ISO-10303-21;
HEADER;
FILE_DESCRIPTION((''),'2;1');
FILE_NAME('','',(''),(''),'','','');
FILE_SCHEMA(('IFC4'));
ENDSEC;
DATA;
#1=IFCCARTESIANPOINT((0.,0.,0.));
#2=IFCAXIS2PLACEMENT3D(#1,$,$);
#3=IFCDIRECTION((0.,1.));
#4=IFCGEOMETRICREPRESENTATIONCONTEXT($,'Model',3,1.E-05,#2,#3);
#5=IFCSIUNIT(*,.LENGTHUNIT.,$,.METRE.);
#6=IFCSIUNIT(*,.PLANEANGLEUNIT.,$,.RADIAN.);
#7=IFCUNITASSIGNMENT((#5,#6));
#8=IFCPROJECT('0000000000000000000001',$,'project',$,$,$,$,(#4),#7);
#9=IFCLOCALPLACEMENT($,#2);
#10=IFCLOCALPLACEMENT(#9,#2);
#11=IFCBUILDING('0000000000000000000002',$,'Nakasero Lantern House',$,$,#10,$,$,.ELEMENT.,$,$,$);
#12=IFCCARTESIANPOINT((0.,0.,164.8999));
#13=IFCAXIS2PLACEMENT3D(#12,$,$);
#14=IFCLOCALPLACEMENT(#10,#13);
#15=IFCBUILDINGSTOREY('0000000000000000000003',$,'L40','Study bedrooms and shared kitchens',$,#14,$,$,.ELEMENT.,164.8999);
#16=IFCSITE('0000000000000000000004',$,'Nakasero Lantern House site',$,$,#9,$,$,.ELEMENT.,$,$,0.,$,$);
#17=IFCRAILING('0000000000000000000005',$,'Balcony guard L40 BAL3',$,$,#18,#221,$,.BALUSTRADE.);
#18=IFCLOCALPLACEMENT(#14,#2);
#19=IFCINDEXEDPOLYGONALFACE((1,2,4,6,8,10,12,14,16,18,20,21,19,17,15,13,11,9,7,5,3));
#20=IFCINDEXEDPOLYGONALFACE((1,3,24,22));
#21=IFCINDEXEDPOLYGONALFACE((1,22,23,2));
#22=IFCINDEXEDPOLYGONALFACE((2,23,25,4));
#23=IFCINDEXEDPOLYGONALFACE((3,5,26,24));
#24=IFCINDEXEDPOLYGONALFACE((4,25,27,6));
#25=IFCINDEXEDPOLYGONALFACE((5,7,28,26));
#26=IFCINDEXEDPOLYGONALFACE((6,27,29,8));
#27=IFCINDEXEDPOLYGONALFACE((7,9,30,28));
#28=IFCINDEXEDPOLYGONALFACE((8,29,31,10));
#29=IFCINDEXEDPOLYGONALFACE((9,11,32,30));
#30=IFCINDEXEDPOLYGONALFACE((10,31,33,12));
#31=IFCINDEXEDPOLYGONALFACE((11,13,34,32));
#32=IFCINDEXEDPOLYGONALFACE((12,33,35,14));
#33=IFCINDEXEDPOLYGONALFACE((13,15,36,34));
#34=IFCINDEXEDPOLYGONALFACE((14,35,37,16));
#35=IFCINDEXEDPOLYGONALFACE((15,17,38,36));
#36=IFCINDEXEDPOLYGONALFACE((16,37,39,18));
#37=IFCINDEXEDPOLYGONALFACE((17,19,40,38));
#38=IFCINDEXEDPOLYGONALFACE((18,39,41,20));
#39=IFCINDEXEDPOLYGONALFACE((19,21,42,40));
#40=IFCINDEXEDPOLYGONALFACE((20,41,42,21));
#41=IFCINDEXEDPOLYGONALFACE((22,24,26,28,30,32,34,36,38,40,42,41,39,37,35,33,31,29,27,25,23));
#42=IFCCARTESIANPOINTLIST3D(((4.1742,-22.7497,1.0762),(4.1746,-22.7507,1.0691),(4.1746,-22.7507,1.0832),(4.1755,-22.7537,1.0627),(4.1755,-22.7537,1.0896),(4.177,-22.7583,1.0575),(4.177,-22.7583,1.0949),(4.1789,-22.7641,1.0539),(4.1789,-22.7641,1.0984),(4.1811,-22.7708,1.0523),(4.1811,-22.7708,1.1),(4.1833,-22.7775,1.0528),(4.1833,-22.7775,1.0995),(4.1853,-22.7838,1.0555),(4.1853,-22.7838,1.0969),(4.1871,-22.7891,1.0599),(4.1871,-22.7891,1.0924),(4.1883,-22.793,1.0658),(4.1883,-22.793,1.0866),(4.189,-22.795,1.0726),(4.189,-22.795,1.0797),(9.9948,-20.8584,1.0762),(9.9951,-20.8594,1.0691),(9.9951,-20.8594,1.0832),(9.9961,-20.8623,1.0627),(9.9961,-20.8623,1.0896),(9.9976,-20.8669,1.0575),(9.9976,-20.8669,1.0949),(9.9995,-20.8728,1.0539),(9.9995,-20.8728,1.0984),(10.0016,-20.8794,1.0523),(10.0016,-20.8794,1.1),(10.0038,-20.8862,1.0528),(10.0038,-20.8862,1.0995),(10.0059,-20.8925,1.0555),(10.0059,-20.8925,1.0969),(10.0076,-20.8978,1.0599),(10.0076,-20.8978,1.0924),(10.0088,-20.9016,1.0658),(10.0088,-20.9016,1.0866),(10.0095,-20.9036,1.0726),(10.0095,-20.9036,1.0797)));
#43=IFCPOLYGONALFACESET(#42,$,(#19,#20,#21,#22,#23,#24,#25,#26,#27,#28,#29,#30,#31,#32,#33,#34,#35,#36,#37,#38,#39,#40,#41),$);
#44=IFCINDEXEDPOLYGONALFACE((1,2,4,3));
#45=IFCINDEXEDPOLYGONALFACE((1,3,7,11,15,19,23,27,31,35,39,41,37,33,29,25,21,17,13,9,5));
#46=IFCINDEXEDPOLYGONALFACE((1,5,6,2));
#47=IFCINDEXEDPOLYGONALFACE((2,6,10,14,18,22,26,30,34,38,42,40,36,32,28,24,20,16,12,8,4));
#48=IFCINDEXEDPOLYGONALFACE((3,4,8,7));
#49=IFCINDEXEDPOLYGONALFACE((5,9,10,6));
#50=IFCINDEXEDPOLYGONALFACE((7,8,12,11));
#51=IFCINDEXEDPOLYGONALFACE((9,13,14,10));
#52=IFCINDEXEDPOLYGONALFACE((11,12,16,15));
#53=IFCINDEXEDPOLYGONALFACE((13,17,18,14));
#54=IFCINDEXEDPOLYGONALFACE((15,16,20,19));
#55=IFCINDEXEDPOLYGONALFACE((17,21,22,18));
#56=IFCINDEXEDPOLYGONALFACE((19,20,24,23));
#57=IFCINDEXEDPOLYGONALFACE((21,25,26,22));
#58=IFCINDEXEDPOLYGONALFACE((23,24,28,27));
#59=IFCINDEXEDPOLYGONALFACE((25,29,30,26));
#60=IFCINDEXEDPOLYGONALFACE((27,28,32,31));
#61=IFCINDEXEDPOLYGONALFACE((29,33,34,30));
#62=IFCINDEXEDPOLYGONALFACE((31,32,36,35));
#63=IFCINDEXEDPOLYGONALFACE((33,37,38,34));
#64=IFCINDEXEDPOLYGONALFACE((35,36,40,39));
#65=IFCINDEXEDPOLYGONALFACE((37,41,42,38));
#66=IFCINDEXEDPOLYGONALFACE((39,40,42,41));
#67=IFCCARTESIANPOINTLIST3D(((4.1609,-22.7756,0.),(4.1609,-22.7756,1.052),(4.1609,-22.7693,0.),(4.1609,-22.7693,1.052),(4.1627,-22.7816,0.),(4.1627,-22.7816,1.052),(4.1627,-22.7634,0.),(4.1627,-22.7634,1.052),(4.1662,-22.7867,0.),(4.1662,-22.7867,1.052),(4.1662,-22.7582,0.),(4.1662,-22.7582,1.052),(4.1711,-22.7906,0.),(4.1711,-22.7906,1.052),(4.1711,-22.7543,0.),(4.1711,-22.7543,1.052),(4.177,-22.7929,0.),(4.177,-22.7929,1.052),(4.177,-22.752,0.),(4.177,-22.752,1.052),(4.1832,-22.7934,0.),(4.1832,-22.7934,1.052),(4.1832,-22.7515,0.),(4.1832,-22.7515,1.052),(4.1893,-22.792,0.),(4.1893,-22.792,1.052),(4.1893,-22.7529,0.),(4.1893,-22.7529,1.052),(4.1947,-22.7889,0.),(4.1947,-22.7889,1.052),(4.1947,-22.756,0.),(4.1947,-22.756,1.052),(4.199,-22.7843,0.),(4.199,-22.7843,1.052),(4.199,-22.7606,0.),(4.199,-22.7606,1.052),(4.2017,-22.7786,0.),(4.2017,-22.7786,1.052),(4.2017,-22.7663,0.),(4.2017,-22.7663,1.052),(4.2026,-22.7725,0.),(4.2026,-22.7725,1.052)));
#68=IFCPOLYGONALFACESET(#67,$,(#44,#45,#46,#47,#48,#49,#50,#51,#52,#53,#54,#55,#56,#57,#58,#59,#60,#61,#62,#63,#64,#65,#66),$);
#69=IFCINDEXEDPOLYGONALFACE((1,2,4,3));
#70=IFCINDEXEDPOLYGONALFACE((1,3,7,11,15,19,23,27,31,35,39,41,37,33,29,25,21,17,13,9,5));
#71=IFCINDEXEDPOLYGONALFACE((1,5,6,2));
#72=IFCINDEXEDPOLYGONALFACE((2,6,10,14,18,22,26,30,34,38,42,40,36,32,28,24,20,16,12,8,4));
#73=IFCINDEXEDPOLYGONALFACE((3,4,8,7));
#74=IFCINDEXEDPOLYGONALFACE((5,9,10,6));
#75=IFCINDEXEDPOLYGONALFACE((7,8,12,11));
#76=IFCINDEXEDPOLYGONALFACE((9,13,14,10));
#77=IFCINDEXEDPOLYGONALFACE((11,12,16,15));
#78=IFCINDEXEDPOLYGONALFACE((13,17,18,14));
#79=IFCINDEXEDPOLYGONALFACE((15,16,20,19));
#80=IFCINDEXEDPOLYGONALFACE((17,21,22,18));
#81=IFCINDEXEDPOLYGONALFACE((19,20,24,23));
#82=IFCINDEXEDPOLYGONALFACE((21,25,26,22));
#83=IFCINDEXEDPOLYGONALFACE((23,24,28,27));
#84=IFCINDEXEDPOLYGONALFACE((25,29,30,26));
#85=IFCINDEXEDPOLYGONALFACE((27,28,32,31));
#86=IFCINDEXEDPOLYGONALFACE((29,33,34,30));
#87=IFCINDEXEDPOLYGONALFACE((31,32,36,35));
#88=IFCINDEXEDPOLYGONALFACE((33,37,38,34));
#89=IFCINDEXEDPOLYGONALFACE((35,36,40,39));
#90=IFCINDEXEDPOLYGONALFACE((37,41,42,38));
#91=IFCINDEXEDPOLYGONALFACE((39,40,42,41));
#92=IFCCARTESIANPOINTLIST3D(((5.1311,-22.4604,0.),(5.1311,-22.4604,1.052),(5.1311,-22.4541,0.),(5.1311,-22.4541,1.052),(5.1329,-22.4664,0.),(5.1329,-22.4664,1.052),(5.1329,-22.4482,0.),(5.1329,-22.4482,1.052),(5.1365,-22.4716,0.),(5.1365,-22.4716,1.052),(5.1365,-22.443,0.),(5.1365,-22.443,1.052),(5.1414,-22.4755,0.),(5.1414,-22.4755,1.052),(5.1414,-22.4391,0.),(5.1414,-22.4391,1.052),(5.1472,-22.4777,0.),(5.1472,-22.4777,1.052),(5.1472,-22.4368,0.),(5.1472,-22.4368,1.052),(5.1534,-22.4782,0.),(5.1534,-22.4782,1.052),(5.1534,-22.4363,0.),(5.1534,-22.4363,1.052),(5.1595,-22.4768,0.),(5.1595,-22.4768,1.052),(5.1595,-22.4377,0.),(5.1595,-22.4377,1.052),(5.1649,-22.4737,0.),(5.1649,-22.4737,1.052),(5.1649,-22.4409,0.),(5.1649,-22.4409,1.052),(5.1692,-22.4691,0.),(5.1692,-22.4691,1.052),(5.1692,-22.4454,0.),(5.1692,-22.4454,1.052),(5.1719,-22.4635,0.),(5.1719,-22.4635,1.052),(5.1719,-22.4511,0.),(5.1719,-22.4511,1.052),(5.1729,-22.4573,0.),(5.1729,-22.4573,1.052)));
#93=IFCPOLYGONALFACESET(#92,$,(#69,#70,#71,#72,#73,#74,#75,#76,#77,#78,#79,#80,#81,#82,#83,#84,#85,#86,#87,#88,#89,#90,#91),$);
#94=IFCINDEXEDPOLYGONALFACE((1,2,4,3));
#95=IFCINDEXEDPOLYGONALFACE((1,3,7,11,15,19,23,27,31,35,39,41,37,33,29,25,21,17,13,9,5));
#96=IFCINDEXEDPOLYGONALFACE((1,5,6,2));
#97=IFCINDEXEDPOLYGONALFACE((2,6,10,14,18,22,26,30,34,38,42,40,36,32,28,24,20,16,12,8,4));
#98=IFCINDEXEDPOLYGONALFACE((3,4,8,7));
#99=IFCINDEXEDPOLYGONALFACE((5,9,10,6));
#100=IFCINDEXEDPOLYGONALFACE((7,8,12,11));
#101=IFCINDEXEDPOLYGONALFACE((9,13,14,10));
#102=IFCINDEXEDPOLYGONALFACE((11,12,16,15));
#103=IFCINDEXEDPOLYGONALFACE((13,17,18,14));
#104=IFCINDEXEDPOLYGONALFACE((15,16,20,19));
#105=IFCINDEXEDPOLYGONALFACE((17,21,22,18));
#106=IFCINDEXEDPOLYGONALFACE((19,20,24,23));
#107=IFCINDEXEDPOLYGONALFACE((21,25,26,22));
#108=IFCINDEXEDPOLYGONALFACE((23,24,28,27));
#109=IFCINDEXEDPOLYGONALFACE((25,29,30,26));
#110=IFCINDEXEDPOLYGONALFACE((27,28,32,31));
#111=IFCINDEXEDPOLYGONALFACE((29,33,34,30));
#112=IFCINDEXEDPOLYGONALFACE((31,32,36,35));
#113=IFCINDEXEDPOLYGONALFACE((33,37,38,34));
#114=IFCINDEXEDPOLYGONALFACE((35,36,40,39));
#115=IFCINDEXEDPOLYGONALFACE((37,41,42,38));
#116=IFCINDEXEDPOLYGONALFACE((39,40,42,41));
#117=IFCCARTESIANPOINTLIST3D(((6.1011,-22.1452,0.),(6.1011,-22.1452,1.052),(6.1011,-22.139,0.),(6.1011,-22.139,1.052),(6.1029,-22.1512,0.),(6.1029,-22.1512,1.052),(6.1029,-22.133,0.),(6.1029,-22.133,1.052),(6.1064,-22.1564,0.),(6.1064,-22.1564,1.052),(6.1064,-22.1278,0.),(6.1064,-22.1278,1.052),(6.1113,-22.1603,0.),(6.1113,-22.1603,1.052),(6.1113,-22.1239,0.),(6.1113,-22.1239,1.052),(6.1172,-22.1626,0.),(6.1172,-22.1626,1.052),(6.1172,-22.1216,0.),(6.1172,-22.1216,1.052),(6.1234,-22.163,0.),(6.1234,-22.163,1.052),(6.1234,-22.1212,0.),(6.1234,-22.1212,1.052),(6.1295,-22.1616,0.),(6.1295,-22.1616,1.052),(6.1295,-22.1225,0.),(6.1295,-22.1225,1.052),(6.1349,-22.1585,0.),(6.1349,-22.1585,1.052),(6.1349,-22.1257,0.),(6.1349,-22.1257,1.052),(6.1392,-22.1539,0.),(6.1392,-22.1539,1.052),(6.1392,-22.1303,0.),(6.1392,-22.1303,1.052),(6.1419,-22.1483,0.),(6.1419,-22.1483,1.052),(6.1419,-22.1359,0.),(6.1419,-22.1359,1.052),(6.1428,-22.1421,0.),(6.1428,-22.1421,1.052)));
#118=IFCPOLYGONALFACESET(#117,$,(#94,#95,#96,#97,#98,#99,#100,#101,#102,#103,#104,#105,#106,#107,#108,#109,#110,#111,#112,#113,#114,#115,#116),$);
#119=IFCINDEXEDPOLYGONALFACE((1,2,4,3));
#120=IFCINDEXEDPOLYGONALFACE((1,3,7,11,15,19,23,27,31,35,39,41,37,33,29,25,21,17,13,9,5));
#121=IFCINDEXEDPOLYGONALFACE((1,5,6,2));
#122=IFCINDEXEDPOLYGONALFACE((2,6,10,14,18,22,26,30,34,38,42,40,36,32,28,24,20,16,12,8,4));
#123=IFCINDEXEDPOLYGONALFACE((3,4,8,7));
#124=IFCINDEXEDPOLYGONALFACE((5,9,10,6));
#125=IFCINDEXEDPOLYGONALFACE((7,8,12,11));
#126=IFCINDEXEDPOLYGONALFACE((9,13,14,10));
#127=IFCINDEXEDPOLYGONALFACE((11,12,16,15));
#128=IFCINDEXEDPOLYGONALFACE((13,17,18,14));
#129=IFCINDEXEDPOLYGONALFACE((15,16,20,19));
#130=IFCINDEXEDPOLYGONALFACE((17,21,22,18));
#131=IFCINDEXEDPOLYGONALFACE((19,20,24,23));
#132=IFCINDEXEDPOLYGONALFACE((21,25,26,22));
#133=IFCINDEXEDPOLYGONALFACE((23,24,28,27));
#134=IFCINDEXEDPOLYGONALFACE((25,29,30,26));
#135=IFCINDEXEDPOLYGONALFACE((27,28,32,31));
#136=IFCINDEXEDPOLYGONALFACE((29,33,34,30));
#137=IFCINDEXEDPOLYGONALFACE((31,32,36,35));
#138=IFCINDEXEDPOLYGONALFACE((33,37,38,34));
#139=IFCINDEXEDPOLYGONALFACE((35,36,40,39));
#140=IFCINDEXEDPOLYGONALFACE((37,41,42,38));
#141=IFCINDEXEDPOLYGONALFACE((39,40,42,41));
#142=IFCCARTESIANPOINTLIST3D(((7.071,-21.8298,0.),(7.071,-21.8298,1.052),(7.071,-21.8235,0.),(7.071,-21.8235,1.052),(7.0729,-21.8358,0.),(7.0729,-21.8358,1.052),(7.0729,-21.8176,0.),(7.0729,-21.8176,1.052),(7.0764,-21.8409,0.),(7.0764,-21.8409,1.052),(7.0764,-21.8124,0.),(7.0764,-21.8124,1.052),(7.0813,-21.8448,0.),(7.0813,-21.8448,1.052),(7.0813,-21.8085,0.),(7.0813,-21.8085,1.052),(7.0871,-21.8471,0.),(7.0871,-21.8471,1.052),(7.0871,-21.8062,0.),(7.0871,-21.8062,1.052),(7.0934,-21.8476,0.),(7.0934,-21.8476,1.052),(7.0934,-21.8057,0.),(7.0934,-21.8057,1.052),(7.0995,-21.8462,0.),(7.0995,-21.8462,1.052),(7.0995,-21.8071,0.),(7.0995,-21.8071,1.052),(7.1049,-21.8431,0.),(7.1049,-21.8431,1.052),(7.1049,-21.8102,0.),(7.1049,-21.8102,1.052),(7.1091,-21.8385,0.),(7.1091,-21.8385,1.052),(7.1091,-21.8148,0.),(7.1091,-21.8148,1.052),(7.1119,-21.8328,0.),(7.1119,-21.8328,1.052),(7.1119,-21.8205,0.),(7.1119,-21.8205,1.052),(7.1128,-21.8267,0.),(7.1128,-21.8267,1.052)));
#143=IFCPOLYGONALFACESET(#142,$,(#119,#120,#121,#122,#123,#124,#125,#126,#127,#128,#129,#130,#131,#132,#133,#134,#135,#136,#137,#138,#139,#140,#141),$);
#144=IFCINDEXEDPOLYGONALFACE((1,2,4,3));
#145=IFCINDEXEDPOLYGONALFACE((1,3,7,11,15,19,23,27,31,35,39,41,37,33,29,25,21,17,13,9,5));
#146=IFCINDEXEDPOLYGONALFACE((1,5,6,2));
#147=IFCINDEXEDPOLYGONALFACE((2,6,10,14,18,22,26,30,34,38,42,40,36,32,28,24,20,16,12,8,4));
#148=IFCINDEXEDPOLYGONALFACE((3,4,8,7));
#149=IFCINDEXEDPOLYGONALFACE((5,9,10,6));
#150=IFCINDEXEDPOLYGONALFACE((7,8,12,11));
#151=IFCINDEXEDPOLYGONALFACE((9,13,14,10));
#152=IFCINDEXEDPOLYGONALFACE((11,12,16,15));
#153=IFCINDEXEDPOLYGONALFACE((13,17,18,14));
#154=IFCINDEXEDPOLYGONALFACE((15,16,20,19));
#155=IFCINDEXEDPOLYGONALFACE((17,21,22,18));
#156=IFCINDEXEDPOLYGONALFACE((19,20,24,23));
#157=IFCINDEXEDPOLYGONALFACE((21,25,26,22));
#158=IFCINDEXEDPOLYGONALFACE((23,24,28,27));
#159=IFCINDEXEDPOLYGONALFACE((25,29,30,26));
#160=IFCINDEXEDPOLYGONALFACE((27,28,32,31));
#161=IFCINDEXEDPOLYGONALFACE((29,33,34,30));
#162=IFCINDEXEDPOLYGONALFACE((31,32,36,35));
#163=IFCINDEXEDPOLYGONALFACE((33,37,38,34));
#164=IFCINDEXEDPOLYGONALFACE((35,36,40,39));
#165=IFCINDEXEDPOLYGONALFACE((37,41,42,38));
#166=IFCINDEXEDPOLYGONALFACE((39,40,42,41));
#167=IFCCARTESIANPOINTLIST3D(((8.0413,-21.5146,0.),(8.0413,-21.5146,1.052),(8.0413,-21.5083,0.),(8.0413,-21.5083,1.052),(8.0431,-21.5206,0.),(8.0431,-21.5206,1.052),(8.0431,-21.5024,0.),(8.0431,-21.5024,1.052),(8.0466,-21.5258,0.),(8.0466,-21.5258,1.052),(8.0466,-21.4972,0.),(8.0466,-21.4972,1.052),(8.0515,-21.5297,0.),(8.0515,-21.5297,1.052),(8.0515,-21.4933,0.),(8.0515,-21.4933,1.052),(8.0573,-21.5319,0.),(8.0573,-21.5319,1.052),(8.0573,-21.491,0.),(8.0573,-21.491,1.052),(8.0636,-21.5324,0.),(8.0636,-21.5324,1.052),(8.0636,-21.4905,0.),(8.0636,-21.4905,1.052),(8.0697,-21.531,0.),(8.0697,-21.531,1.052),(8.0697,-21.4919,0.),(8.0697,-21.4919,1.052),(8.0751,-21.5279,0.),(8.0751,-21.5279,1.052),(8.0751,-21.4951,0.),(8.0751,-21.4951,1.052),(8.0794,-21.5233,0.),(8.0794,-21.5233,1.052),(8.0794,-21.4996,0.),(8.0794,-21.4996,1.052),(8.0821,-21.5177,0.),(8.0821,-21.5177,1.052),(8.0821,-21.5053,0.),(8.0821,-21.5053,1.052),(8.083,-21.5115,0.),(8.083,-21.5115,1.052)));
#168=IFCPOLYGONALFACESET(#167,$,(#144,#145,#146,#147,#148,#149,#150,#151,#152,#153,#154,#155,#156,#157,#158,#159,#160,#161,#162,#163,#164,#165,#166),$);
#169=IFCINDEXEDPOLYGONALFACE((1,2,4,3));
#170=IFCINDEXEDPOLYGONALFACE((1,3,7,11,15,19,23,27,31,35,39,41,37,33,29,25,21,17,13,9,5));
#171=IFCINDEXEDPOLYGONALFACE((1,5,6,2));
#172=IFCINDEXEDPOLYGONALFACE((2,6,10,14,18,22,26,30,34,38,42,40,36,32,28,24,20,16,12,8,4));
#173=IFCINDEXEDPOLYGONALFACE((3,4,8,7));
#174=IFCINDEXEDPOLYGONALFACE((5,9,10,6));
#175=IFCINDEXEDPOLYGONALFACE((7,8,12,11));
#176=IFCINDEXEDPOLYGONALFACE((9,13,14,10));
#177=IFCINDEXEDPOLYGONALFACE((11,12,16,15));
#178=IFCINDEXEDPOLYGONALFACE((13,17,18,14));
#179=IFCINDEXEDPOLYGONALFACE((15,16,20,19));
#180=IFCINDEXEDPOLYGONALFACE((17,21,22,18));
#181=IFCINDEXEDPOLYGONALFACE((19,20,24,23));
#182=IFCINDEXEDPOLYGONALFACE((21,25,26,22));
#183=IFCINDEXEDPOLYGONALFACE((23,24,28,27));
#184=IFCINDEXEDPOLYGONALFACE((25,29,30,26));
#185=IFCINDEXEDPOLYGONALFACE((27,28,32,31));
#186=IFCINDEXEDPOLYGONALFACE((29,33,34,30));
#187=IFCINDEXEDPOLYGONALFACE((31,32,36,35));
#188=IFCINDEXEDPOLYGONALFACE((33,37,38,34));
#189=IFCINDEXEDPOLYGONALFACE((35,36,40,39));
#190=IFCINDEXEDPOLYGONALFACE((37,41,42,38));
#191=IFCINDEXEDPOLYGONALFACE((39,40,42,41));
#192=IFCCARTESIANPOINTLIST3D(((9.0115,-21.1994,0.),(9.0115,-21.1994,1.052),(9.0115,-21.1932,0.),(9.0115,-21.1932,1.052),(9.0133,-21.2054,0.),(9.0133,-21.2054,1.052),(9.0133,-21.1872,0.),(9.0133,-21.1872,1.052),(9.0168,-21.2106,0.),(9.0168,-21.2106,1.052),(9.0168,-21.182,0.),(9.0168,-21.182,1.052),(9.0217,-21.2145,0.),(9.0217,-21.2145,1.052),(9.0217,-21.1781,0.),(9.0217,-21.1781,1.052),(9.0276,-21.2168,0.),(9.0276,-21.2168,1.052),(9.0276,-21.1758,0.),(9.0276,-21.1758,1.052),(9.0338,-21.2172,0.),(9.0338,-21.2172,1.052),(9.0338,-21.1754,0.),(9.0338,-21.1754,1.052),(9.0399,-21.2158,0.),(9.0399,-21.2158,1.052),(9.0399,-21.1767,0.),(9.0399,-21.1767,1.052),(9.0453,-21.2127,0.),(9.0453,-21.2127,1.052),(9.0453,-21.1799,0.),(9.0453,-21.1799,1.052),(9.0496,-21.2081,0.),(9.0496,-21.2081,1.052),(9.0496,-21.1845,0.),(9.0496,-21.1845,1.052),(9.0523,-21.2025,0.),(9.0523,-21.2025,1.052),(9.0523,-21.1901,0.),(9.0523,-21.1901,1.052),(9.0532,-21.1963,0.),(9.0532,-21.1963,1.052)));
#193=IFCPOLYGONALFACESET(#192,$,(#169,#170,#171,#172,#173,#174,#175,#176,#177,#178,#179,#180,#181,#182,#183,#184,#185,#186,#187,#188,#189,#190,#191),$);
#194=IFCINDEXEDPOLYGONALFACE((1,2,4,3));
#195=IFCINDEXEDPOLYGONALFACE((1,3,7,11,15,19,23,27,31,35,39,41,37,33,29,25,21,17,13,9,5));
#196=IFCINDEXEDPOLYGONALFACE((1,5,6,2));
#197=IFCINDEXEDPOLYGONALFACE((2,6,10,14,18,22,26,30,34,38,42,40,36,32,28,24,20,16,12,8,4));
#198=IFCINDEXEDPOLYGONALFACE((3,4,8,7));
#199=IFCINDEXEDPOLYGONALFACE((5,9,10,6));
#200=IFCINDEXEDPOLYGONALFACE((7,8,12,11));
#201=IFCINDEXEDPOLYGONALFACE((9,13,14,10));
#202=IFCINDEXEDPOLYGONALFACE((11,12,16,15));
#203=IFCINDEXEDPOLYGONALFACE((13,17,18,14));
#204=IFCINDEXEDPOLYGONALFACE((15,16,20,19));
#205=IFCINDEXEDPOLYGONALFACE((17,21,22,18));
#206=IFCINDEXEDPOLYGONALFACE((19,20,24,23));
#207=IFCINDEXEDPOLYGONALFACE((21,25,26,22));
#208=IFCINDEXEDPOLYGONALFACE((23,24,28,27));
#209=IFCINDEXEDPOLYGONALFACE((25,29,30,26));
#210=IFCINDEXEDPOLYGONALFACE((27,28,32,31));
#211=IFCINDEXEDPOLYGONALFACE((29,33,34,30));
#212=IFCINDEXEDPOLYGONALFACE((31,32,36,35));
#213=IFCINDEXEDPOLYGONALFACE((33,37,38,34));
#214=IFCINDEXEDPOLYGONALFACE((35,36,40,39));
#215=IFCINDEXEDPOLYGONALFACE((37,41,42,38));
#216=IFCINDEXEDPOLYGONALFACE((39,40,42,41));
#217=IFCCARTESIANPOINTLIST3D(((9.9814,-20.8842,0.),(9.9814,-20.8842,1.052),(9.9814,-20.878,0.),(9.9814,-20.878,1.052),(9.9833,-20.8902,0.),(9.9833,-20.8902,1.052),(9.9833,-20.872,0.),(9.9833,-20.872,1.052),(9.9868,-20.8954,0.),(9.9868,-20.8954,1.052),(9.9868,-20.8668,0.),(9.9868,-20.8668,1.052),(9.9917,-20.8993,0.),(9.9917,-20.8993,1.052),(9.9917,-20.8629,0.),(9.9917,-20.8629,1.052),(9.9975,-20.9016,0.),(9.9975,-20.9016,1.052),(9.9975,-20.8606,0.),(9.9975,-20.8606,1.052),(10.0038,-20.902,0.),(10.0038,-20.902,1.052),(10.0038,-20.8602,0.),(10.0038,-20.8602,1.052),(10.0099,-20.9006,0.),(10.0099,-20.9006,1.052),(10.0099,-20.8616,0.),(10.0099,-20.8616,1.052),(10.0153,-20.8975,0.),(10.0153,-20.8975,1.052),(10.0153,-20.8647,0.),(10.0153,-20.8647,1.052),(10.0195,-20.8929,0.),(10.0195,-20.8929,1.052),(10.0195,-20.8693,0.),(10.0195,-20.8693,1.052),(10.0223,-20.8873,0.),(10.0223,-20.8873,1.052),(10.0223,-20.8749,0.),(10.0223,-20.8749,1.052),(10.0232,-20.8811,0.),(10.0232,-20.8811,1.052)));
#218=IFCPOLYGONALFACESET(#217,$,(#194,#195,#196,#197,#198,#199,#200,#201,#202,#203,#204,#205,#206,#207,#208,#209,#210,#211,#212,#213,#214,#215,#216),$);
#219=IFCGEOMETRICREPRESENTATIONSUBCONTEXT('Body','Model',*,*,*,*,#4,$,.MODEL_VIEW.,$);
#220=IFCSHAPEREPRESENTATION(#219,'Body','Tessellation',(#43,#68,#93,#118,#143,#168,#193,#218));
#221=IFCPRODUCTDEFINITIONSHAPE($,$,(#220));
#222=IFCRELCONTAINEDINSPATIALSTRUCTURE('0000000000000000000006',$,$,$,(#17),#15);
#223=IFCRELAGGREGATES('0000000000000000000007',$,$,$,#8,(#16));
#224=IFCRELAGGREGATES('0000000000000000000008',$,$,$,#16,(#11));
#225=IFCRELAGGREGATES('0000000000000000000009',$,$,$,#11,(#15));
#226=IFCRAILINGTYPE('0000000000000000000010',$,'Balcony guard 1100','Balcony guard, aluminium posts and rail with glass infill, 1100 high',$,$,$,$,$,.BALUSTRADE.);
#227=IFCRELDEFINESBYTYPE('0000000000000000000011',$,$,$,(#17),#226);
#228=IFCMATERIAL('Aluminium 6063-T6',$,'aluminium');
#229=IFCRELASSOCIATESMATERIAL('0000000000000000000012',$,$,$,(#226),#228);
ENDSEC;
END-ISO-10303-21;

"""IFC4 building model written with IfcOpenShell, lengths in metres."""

from ifc_helpers import new_model, si_unit, direction, frame, origin, origin_2d, place, context, subcontext, project, spatial, circle, extrude, material, type_object, element, save


model = new_model("IFC4")

# Units and contexts
model_context = context("Model", 3, precision=1e-05, world=origin(), true_north=direction((0.0, 1.0)))
body_context = subcontext(model_context, "Body", "Model", "MODEL_VIEW")
ifc_project = project(units=[si_unit("LENGTHUNIT", "METRE"), si_unit("PLANEANGLEUNIT", "RADIAN")], contexts=[model_context])

# Site, building, storey
site_placement = place(None, origin())
site = spatial("IfcSite", under=ifc_project, at=site_placement, Name="Nakasero Lantern House site", CompositionType="ELEMENT", RefElevation=0.0)
building_placement = place(site_placement, origin())
building = spatial("IfcBuilding", under=site, at=building_placement, Name="Nakasero Lantern House", CompositionType="ELEMENT")
storey_placement = place(building_placement, frame((0.0, 0.0, 164.8999)))
storey = spatial("IfcBuildingStorey", under=building, at=storey_placement, Name="L40", Description="Study bedrooms and shared kitchens", CompositionType="ELEMENT", Elevation=164.8999)

# Railing
ifc_material_1 = material(Name="Aluminium 6063-T6", Category="aluminium")
railing_type = type_object("IfcRailingType", Name="Balcony guard 1100", Description="Balcony guard, aluminium posts and rail with glass infill, 1100 high", PredefinedType="BALUSTRADE", material=ifc_material_1)
railing_placement = place(storey_placement, frame((4.1816, -22.7725, 0.0)))
element("IfcRailing", 1, at=railing_placement, inside=storey, type_object=railing_type, Name="Balcony guard L40 BAL3", PredefinedType="BALUSTRADE", context=body_context, shape_type="SweptSolid", body=[
    extrude(circle(Radius=0.0239, at=origin_2d()), frame((0.0, 0.0, 1.0762), z_axis=(0.95105, 0.309038, 0.0), x_axis=(-0.309038, 0.95105, 0.0)), (0.0, 0.0, 1.0), 6.1201),
    extrude(circle(Radius=0.021, at=origin_2d()), origin(), (0.0, 0.0, 1.0), 1.052),
    extrude(circle(Radius=0.021, at=origin_2d()), frame((0.9702, 0.3152, 0.0)), (0.0, 0.0, 1.0), 1.052),
    extrude(circle(Radius=0.021, at=origin_2d()), frame((1.9402, 0.6304, 0.0)), (0.0, 0.0, 1.0), 1.052),
    extrude(circle(Radius=0.021, at=origin_2d()), frame((2.9102, 0.9458, 0.0)), (0.0, 0.0, 1.0), 1.052),
    extrude(circle(Radius=0.021, at=origin_2d()), frame((3.8804, 1.261, 0.0)), (0.0, 0.0, 1.0), 1.052),
    extrude(circle(Radius=0.021, at=origin_2d()), frame((4.8506, 1.5762, 0.0)), (0.0, 0.0, 1.0), 1.052),
    extrude(circle(Radius=0.021, at=origin_2d()), frame((5.8206, 1.8914, 0.0)), (0.0, 0.0, 1.0), 1.052),
])

save(model, "model.ifc")
